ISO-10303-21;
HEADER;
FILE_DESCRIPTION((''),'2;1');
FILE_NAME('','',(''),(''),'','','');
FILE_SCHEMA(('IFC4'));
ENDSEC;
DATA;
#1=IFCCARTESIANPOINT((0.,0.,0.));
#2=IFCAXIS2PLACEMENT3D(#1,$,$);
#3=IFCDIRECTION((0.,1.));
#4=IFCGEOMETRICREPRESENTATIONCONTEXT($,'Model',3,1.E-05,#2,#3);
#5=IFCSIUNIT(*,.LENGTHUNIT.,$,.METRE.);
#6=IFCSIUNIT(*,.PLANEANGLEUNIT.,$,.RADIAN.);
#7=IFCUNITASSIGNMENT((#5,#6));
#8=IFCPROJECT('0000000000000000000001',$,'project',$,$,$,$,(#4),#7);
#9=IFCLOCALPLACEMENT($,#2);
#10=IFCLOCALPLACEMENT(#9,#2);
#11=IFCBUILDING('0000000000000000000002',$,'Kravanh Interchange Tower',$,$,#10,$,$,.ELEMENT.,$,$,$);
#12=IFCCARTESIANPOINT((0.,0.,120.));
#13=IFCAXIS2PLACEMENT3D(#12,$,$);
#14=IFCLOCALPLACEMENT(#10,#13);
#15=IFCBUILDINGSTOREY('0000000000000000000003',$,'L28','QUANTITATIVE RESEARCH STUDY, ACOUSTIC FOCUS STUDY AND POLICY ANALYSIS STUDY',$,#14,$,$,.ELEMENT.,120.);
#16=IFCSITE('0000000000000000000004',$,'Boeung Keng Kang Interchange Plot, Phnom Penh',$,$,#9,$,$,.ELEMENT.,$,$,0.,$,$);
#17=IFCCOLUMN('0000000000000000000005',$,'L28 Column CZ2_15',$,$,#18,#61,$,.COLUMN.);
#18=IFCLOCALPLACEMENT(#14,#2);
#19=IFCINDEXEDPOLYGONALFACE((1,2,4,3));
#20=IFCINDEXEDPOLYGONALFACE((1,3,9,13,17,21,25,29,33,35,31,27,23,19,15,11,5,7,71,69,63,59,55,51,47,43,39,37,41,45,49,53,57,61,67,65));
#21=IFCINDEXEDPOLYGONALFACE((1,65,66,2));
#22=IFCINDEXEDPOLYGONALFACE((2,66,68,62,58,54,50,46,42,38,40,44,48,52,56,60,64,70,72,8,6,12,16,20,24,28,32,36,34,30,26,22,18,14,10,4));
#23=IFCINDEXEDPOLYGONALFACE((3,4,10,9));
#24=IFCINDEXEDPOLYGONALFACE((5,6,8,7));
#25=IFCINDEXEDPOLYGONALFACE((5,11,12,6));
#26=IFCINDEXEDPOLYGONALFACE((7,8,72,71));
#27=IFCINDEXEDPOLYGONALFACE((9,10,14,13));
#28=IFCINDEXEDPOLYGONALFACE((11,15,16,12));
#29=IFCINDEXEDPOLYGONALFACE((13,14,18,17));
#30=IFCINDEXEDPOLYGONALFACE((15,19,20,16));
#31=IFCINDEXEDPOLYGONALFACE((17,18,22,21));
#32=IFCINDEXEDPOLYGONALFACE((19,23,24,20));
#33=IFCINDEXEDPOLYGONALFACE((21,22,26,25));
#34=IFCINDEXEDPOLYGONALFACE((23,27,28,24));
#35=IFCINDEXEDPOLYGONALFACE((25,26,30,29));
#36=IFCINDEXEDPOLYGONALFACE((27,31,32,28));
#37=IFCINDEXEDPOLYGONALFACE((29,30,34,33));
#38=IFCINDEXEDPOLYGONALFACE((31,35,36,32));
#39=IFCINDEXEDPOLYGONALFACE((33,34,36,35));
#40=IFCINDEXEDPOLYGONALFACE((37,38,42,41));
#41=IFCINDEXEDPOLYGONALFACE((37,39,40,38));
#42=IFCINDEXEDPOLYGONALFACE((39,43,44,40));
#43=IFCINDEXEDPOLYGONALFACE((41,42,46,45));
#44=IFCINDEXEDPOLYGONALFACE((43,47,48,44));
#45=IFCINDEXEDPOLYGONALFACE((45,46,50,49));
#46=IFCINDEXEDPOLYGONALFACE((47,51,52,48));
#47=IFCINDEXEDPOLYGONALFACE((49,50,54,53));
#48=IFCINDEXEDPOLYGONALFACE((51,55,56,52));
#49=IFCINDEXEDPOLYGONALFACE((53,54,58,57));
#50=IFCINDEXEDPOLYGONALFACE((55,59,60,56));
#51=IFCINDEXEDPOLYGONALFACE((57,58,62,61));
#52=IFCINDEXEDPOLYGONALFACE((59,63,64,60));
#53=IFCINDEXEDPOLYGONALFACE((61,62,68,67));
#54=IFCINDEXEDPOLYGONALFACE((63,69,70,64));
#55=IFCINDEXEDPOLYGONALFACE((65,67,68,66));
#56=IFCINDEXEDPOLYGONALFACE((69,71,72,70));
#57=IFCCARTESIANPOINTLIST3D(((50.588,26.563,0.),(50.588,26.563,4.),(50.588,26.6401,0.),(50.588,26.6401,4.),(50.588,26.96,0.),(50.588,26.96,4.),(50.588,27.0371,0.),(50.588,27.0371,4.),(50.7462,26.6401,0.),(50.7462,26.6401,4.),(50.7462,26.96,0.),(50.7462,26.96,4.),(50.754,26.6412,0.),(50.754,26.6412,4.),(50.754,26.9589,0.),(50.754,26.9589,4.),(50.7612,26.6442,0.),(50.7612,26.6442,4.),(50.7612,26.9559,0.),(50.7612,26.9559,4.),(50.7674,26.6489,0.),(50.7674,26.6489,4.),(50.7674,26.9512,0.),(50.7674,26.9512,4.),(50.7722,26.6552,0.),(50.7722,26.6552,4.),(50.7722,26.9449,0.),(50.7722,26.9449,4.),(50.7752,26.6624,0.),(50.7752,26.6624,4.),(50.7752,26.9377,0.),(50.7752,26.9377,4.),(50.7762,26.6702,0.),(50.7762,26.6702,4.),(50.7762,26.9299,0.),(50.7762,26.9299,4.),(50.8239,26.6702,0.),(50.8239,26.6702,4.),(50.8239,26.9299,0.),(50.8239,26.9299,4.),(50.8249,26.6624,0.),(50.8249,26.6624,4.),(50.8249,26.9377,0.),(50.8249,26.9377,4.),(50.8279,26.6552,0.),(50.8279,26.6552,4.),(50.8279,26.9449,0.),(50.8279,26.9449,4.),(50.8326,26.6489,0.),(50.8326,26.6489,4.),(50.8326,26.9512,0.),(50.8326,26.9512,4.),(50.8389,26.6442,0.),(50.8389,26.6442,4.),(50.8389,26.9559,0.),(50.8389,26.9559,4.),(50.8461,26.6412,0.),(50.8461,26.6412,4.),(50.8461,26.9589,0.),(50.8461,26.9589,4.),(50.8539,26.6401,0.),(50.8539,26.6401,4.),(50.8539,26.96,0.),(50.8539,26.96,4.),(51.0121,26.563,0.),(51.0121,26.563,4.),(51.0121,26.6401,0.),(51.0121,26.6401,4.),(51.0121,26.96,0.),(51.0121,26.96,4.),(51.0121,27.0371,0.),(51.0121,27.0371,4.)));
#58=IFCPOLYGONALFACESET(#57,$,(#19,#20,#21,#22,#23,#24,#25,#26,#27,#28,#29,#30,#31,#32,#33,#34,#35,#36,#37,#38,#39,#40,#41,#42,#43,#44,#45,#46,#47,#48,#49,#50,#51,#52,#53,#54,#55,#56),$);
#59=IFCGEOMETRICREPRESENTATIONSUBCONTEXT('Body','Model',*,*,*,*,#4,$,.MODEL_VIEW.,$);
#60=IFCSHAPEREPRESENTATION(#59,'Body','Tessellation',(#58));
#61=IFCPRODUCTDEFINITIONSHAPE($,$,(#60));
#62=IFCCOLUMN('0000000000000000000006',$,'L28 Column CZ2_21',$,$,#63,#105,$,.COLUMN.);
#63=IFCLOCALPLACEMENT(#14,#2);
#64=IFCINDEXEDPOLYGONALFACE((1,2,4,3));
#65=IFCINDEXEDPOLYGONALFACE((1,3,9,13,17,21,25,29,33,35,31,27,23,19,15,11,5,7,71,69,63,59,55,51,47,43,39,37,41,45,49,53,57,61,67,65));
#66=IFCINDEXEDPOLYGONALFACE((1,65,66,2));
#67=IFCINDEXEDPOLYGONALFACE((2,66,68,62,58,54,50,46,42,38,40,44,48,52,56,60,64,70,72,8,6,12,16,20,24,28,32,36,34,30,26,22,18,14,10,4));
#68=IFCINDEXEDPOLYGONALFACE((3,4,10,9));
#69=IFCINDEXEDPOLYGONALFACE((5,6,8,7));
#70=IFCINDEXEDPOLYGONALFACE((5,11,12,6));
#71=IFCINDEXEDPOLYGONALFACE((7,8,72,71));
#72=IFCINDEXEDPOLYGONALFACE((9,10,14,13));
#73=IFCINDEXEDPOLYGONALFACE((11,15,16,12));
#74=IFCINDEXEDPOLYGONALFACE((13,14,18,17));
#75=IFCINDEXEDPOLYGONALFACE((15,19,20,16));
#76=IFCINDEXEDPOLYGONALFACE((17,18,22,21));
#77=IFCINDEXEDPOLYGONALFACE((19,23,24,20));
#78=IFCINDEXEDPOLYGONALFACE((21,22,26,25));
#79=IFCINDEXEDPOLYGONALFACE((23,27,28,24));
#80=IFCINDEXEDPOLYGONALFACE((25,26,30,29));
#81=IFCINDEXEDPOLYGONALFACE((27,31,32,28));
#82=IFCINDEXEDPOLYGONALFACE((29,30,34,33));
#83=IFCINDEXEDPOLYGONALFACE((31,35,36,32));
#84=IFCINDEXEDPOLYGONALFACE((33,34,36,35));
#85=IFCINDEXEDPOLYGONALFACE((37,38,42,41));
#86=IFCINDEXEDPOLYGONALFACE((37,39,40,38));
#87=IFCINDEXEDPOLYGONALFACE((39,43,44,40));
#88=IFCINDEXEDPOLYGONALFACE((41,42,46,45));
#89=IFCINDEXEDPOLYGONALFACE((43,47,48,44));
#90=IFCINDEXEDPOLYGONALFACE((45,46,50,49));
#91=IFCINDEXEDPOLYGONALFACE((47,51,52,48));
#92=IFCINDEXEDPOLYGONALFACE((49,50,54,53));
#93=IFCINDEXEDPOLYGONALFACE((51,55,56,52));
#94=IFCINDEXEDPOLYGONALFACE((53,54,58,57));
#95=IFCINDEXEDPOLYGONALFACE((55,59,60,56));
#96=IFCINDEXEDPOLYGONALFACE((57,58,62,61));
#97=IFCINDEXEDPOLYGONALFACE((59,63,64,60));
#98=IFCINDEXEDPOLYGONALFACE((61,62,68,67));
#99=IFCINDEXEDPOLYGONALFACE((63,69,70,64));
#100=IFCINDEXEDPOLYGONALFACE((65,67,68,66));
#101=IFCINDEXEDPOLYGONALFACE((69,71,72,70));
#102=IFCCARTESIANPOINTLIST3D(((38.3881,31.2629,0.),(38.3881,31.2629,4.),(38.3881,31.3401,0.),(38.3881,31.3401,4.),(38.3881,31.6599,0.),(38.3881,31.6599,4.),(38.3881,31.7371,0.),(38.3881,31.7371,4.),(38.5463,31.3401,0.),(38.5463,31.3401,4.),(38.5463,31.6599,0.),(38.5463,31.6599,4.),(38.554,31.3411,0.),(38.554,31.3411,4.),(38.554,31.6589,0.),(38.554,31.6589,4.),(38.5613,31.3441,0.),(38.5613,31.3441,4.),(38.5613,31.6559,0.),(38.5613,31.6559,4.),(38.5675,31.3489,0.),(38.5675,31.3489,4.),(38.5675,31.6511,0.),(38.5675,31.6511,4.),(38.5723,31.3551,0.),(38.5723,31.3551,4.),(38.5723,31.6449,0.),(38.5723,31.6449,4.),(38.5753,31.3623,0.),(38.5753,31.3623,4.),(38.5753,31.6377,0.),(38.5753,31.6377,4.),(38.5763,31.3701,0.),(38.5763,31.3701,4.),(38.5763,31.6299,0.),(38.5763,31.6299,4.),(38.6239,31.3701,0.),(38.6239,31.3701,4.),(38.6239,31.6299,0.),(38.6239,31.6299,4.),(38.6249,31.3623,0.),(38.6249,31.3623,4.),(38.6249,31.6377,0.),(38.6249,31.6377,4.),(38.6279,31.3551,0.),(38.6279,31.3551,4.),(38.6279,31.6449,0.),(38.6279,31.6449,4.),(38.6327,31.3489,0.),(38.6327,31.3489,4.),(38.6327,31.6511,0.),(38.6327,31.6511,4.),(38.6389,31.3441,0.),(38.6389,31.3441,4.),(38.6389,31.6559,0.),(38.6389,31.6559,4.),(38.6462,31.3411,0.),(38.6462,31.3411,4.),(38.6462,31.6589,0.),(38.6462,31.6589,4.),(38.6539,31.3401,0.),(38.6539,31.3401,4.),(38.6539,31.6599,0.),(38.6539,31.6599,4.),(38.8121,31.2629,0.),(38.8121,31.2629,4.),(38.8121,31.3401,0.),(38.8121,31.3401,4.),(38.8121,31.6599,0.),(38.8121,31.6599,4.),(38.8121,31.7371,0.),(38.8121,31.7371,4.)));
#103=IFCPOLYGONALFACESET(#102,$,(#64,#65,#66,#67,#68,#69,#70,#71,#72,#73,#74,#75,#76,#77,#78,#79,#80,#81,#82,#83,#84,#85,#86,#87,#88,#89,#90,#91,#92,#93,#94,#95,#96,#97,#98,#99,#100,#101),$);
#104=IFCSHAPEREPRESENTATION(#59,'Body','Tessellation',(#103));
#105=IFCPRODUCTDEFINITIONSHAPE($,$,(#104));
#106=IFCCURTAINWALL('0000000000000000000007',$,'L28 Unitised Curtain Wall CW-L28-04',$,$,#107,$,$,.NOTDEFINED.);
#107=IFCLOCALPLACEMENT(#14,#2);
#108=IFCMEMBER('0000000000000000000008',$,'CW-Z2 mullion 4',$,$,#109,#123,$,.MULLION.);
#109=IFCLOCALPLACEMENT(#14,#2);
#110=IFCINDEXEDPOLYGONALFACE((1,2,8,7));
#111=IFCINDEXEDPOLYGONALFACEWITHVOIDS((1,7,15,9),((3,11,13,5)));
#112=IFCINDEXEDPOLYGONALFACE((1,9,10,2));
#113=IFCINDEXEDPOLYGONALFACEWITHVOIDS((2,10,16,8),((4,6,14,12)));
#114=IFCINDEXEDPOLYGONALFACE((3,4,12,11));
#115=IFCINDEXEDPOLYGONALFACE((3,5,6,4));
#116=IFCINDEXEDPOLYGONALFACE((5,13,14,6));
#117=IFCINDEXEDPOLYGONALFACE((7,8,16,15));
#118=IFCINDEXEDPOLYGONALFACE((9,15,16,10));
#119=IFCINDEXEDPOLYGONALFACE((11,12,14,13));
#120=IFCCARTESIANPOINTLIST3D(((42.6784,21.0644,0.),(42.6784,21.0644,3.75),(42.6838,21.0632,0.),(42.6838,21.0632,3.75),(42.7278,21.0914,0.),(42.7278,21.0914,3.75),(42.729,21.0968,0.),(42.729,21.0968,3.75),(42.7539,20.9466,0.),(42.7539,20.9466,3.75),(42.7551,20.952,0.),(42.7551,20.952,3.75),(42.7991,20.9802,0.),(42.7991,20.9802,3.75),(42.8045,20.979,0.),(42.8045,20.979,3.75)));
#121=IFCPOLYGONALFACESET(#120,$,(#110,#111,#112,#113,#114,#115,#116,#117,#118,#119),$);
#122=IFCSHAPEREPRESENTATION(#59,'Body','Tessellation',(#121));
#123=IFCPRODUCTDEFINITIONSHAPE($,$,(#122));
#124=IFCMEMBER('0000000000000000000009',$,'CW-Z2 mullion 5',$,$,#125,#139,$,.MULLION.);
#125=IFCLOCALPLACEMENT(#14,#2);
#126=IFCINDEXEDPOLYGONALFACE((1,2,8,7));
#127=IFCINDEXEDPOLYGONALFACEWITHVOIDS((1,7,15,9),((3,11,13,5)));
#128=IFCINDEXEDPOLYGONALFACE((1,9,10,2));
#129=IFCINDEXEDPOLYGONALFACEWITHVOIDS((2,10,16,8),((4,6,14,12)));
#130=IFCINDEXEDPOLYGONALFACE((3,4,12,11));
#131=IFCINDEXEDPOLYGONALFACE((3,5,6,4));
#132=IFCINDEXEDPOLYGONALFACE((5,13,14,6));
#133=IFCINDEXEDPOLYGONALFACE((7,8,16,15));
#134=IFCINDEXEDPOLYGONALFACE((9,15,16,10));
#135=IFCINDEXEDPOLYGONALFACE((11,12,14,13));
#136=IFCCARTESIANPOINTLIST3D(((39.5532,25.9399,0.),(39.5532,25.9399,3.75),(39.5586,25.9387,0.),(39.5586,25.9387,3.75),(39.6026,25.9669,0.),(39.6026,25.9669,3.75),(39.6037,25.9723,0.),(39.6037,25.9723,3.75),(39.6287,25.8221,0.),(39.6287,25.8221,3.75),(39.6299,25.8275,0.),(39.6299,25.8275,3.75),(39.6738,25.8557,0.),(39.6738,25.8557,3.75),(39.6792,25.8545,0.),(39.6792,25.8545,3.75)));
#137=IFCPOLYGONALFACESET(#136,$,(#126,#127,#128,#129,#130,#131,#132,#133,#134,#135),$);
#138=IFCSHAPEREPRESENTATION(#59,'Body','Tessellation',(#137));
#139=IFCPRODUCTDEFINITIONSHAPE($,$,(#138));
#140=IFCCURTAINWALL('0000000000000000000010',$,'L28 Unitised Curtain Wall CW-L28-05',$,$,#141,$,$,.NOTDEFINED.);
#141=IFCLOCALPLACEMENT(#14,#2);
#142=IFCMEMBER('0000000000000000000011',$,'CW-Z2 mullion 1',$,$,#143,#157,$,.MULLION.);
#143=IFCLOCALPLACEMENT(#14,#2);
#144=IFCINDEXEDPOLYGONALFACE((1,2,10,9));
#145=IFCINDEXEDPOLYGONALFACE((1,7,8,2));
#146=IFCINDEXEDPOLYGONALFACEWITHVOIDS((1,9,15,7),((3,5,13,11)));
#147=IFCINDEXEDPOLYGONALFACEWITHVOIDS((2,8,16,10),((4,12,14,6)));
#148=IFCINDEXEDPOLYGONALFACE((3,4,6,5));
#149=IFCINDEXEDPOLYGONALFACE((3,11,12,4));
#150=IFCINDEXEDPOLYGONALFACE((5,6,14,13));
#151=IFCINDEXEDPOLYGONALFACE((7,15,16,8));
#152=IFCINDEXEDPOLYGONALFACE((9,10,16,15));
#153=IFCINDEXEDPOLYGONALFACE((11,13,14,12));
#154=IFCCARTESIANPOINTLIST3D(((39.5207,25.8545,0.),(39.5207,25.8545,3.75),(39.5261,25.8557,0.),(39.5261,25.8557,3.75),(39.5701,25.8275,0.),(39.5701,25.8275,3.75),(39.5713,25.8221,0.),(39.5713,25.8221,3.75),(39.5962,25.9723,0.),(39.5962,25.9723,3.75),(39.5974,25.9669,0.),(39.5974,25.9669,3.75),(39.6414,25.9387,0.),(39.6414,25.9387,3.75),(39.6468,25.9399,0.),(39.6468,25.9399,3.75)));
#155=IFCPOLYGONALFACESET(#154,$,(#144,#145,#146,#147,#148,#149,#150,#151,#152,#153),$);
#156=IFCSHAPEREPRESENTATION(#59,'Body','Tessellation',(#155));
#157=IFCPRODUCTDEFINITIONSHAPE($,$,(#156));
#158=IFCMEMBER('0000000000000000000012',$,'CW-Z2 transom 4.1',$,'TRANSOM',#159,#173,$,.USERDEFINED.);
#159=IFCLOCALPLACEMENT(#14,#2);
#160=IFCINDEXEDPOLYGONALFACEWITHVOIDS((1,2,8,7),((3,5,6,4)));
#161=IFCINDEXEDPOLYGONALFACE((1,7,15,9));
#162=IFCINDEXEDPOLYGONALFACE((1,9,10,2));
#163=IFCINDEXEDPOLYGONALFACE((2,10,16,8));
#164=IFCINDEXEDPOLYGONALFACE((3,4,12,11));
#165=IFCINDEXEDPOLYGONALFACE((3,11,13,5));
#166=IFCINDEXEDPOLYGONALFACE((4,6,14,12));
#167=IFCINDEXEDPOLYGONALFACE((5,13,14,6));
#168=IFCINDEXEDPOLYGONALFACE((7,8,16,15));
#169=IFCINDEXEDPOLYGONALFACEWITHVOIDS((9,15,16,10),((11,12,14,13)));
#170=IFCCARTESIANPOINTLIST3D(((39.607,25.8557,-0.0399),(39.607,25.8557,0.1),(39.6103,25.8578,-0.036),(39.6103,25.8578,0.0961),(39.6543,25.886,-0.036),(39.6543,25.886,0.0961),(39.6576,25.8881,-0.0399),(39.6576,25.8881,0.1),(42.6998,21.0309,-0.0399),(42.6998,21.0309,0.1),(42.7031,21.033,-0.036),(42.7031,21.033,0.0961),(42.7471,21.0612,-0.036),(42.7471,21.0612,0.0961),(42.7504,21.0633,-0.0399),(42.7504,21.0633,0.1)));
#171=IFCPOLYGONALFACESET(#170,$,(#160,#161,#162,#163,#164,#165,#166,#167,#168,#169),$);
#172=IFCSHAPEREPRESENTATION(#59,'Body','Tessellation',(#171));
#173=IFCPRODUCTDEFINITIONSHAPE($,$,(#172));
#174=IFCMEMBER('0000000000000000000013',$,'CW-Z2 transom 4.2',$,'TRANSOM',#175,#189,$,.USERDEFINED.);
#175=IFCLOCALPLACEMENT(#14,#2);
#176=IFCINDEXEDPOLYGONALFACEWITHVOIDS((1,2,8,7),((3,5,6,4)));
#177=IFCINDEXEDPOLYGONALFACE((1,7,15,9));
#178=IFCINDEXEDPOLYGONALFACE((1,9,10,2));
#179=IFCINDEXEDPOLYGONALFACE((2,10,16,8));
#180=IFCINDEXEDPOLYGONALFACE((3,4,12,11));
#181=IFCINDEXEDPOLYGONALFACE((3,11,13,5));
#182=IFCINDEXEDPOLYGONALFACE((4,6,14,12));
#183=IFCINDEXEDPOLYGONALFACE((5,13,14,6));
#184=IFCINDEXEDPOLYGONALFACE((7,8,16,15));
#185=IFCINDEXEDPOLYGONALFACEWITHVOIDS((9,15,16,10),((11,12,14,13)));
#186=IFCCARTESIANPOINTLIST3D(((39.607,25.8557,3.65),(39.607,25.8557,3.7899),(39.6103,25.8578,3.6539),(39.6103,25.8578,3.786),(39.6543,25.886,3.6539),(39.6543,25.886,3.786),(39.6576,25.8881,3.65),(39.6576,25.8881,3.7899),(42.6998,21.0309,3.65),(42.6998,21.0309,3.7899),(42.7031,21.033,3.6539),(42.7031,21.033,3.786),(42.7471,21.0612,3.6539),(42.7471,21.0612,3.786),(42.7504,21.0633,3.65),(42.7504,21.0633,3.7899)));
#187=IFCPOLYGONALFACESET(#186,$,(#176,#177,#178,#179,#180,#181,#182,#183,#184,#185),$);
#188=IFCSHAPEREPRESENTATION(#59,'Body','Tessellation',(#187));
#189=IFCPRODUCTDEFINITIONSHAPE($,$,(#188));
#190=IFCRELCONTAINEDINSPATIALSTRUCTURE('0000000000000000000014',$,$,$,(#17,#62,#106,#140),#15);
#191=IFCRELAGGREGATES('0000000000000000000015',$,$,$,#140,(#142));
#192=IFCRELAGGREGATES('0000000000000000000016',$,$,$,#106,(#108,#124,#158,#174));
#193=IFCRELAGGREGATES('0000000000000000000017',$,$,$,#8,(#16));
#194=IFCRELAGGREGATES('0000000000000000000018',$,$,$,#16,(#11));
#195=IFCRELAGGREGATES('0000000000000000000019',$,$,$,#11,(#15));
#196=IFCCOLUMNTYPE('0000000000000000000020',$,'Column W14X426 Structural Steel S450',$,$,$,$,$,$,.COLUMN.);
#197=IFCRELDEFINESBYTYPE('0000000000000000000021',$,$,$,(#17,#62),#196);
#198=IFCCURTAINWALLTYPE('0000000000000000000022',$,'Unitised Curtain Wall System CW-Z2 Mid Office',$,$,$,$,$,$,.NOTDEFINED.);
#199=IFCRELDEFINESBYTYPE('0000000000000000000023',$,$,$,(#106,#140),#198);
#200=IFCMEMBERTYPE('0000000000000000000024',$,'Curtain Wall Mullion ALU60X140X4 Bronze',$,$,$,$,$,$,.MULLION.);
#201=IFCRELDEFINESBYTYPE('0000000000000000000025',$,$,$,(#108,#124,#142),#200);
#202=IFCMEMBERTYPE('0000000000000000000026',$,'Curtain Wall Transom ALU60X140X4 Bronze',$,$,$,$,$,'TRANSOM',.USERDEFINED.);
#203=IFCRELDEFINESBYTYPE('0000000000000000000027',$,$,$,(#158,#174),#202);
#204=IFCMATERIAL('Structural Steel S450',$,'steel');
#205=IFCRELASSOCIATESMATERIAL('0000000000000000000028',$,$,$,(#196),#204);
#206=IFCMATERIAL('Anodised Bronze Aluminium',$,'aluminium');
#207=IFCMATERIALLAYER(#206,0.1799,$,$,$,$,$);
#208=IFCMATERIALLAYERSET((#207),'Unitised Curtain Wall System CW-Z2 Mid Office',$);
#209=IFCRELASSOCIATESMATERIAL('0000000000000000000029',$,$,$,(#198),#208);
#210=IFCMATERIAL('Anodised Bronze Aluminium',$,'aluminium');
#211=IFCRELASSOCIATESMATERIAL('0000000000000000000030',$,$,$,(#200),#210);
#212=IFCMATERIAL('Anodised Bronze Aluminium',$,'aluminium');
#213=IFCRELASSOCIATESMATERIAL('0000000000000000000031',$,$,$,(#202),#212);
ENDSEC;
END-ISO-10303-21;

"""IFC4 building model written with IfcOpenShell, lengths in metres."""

from ifc_helpers import new_model, si_unit, direction, frame, origin, origin_2d, place, context, subcontext, project, spatial, hollow_rectangle, i_section, extrude, material, layer, layer_set, material_profile, profile_set, type_object, element, aggregate, save


model = new_model("IFC4")

# Units and contexts
model_context = context("Model", 3, precision=1e-05, world=origin(), true_north=direction((0.0, 1.0)))
body_context = subcontext(model_context, "Body", "Model", "MODEL_VIEW")
ifc_project = project(units=[si_unit("LENGTHUNIT", "METRE"), si_unit("PLANEANGLEUNIT", "RADIAN")], contexts=[model_context])

# Site, building, storey
site_placement = place(None, origin())
site = spatial("IfcSite", under=ifc_project, at=site_placement, Name="Boeung Keng Kang Interchange Plot, Phnom Penh", CompositionType="ELEMENT", RefElevation=0.0)
building_placement = place(site_placement, origin())
building = spatial("IfcBuilding", under=site, at=building_placement, Name="Kravanh Interchange Tower", CompositionType="ELEMENT")
storey_placement = place(building_placement, frame((0.0, 0.0, 120.0)))
storey = spatial("IfcBuildingStorey", under=building, at=storey_placement, Name="L28", Description="QUANTITATIVE RESEARCH STUDY, ACOUSTIC FOCUS STUDY AND POLICY ANALYSIS STUDY", CompositionType="ELEMENT", Elevation=120.0)

# Columns
ifc_material_1 = material(Name="Structural Steel S450", Category="steel")
ifc_material_profile_1 = material_profile(ifc_material_1, i_section(OverallWidth=0.4241, OverallDepth=0.4741, WebThickness=0.0476, FlangeThickness=0.0771, FilletRadius=0.03, at=origin_2d()), Name="W14X426")
ifc_profile_set_1 = profile_set([ifc_material_profile_1], Name="Structural Steel S450")
column_type = type_object("IfcColumnType", Name="Column W14X426 Structural Steel S450", PredefinedType="COLUMN", material=ifc_profile_set_1)
for number, where, z_axis, x_axis, name in (
    (1, (50.8, 26.8, 0.0), (0.0, 0.0, 1.0), (1.0, 0.0, 0.0), "L28 Column CZ2_15"),
    (2, (38.6001, 31.5, 0.0), (0.0, 0.0, 1.0), (1.0, 0.0, 0.0), "L28 Column CZ2_21"),
):
    element("IfcColumn", number, at=place(storey_placement, frame(where, z_axis=z_axis, x_axis=x_axis)), inside=storey, type_object=column_type, Name=name, PredefinedType="COLUMN", context=body_context, shape_type="SweptSolid", body=[
        extrude(i_section(OverallWidth=0.4241, OverallDepth=0.4741, WebThickness=0.0476, FlangeThickness=0.0771, FilletRadius=0.03, at=origin_2d()), origin(), (0.0, 0.0, 1.0), 4.0),
    ])

# Curtain wall, members
ifc_material_2 = material(Name="Anodised Bronze Aluminium", Category="aluminium")
ifc_layer_1 = layer(ifc_material_2, 0.1799)
ifc_layer_set_1 = layer_set([ifc_layer_1], Name="Unitised Curtain Wall System CW-Z2 Mid Office")
curtain_wall_type = type_object("IfcCurtainWallType", Name="Unitised Curtain Wall System CW-Z2 Mid Office", PredefinedType="NOTDEFINED", material=ifc_layer_set_1)
curtain_wall_1_placement = place(storey_placement, origin())
curtain_wall_1 = element("IfcCurtainWall", 3, at=curtain_wall_1_placement, inside=storey, type_object=curtain_wall_type, Name="L28 Unitised Curtain Wall CW-L28-04", PredefinedType="NOTDEFINED")
ifc_material_3 = material(Name="Anodised Bronze Aluminium", Category="aluminium")
ifc_material_profile_2 = material_profile(ifc_material_3, hollow_rectangle(XDim=0.0601, YDim=0.1399, WallThickness=0.0039, at=origin_2d()), Name="ALU60X140X4")
ifc_profile_set_2 = profile_set([ifc_material_profile_2], Name="Anodised Bronze Aluminium")
member_type_1 = type_object("IfcMemberType", Name="Curtain Wall Mullion ALU60X140X4 Bronze", PredefinedType="MULLION", material=ifc_profile_set_2)
member_1_placement = place(storey_placement, frame((42.7415, 21.0217, 0.0), z_axis=(0.0, 0.0, 1.0), x_axis=(-0.84188, -0.539665, 0.0)))
member_1 = element("IfcMember", 4, at=member_1_placement, type_object=member_type_1, Name="CW-Z2 mullion 4", PredefinedType="MULLION", context=body_context, shape_type="SweptSolid", body=[
    extrude(hollow_rectangle(XDim=0.0601, YDim=0.1399, WallThickness=0.0039, at=origin_2d()), origin(), (0.0, 0.0, 1.0), 3.75),
])
member_2_placement = place(storey_placement, frame((39.6162, 25.8972, 0.0), z_axis=(0.0, 0.0, 1.0), x_axis=(-0.84188, -0.539665, 0.0)))
member_2 = element("IfcMember", 5, at=member_2_placement, type_object=member_type_1, Name="CW-Z2 mullion 5", PredefinedType="MULLION", context=body_context, shape_type="SweptSolid", body=[
    extrude(hollow_rectangle(XDim=0.0601, YDim=0.1399, WallThickness=0.0039, at=origin_2d()), origin(), (0.0, 0.0, 1.0), 3.75),
])

# Curtain wall, member
curtain_wall_2_placement = place(storey_placement, origin())
curtain_wall_2 = element("IfcCurtainWall", 6, at=curtain_wall_2_placement, inside=storey, type_object=curtain_wall_type, Name="L28 Unitised Curtain Wall CW-L28-05", PredefinedType="NOTDEFINED")
member_3_placement = place(storey_placement, frame((39.5837, 25.8972, 0.0), z_axis=(0.0, 0.0, 1.0), x_axis=(0.84188, -0.539665, 0.0)))
member_3 = element("IfcMember", 7, at=member_3_placement, type_object=member_type_1, Name="CW-Z2 mullion 1", PredefinedType="MULLION", context=body_context, shape_type="SweptSolid", body=[
    extrude(hollow_rectangle(XDim=0.0601, YDim=0.1399, WallThickness=0.0039, at=origin_2d()), origin(), (0.0, 0.0, 1.0), 3.75),
])

# Members
ifc_material_4 = material(Name="Anodised Bronze Aluminium", Category="aluminium")
ifc_material_profile_3 = material_profile(ifc_material_4, hollow_rectangle(XDim=0.0601, YDim=0.1399, WallThickness=0.0039, at=origin_2d()), Name="ALU60X140X4")
ifc_profile_set_3 = profile_set([ifc_material_profile_3], Name="Anodised Bronze Aluminium")
member_type_2 = type_object("IfcMemberType", Name="Curtain Wall Transom ALU60X140X4 Bronze", ElementType="TRANSOM", PredefinedType="USERDEFINED", material=ifc_profile_set_3)
member_4_placement = place(storey_placement, frame((42.7251, 21.0471, 0.03), z_axis=(-0.539668, 0.841878, 0.0), x_axis=(-0.841878, -0.539668, 0.0)))
member_4 = element("IfcMember", 8, at=member_4_placement, type_object=member_type_2, Name="CW-Z2 transom 4.1", ObjectType="TRANSOM", PredefinedType="USERDEFINED", context=body_context, shape_type="SweptSolid", body=[
    extrude(hollow_rectangle(XDim=0.0601, YDim=0.1399, WallThickness=0.0039, at=origin_2d()), origin(), (0.0, 0.0, 1.0), 5.731),
])
member_5_placement = place(storey_placement, frame((42.7251, 21.0471, 3.72), z_axis=(-0.539668, 0.841878, 0.0), x_axis=(-0.841878, -0.539668, 0.0)))
member_5 = element("IfcMember", 9, at=member_5_placement, type_object=member_type_2, Name="CW-Z2 transom 4.2", ObjectType="TRANSOM", PredefinedType="USERDEFINED", context=body_context, shape_type="SweptSolid", body=[
    extrude(hollow_rectangle(XDim=0.0601, YDim=0.1399, WallThickness=0.0039, at=origin_2d()), origin(), (0.0, 0.0, 1.0), 5.731),
])
aggregate(curtain_wall_2, [member_3])

aggregate(curtain_wall_1, [member_1, member_2, member_4, member_5])

save(model, "model.ifc")
